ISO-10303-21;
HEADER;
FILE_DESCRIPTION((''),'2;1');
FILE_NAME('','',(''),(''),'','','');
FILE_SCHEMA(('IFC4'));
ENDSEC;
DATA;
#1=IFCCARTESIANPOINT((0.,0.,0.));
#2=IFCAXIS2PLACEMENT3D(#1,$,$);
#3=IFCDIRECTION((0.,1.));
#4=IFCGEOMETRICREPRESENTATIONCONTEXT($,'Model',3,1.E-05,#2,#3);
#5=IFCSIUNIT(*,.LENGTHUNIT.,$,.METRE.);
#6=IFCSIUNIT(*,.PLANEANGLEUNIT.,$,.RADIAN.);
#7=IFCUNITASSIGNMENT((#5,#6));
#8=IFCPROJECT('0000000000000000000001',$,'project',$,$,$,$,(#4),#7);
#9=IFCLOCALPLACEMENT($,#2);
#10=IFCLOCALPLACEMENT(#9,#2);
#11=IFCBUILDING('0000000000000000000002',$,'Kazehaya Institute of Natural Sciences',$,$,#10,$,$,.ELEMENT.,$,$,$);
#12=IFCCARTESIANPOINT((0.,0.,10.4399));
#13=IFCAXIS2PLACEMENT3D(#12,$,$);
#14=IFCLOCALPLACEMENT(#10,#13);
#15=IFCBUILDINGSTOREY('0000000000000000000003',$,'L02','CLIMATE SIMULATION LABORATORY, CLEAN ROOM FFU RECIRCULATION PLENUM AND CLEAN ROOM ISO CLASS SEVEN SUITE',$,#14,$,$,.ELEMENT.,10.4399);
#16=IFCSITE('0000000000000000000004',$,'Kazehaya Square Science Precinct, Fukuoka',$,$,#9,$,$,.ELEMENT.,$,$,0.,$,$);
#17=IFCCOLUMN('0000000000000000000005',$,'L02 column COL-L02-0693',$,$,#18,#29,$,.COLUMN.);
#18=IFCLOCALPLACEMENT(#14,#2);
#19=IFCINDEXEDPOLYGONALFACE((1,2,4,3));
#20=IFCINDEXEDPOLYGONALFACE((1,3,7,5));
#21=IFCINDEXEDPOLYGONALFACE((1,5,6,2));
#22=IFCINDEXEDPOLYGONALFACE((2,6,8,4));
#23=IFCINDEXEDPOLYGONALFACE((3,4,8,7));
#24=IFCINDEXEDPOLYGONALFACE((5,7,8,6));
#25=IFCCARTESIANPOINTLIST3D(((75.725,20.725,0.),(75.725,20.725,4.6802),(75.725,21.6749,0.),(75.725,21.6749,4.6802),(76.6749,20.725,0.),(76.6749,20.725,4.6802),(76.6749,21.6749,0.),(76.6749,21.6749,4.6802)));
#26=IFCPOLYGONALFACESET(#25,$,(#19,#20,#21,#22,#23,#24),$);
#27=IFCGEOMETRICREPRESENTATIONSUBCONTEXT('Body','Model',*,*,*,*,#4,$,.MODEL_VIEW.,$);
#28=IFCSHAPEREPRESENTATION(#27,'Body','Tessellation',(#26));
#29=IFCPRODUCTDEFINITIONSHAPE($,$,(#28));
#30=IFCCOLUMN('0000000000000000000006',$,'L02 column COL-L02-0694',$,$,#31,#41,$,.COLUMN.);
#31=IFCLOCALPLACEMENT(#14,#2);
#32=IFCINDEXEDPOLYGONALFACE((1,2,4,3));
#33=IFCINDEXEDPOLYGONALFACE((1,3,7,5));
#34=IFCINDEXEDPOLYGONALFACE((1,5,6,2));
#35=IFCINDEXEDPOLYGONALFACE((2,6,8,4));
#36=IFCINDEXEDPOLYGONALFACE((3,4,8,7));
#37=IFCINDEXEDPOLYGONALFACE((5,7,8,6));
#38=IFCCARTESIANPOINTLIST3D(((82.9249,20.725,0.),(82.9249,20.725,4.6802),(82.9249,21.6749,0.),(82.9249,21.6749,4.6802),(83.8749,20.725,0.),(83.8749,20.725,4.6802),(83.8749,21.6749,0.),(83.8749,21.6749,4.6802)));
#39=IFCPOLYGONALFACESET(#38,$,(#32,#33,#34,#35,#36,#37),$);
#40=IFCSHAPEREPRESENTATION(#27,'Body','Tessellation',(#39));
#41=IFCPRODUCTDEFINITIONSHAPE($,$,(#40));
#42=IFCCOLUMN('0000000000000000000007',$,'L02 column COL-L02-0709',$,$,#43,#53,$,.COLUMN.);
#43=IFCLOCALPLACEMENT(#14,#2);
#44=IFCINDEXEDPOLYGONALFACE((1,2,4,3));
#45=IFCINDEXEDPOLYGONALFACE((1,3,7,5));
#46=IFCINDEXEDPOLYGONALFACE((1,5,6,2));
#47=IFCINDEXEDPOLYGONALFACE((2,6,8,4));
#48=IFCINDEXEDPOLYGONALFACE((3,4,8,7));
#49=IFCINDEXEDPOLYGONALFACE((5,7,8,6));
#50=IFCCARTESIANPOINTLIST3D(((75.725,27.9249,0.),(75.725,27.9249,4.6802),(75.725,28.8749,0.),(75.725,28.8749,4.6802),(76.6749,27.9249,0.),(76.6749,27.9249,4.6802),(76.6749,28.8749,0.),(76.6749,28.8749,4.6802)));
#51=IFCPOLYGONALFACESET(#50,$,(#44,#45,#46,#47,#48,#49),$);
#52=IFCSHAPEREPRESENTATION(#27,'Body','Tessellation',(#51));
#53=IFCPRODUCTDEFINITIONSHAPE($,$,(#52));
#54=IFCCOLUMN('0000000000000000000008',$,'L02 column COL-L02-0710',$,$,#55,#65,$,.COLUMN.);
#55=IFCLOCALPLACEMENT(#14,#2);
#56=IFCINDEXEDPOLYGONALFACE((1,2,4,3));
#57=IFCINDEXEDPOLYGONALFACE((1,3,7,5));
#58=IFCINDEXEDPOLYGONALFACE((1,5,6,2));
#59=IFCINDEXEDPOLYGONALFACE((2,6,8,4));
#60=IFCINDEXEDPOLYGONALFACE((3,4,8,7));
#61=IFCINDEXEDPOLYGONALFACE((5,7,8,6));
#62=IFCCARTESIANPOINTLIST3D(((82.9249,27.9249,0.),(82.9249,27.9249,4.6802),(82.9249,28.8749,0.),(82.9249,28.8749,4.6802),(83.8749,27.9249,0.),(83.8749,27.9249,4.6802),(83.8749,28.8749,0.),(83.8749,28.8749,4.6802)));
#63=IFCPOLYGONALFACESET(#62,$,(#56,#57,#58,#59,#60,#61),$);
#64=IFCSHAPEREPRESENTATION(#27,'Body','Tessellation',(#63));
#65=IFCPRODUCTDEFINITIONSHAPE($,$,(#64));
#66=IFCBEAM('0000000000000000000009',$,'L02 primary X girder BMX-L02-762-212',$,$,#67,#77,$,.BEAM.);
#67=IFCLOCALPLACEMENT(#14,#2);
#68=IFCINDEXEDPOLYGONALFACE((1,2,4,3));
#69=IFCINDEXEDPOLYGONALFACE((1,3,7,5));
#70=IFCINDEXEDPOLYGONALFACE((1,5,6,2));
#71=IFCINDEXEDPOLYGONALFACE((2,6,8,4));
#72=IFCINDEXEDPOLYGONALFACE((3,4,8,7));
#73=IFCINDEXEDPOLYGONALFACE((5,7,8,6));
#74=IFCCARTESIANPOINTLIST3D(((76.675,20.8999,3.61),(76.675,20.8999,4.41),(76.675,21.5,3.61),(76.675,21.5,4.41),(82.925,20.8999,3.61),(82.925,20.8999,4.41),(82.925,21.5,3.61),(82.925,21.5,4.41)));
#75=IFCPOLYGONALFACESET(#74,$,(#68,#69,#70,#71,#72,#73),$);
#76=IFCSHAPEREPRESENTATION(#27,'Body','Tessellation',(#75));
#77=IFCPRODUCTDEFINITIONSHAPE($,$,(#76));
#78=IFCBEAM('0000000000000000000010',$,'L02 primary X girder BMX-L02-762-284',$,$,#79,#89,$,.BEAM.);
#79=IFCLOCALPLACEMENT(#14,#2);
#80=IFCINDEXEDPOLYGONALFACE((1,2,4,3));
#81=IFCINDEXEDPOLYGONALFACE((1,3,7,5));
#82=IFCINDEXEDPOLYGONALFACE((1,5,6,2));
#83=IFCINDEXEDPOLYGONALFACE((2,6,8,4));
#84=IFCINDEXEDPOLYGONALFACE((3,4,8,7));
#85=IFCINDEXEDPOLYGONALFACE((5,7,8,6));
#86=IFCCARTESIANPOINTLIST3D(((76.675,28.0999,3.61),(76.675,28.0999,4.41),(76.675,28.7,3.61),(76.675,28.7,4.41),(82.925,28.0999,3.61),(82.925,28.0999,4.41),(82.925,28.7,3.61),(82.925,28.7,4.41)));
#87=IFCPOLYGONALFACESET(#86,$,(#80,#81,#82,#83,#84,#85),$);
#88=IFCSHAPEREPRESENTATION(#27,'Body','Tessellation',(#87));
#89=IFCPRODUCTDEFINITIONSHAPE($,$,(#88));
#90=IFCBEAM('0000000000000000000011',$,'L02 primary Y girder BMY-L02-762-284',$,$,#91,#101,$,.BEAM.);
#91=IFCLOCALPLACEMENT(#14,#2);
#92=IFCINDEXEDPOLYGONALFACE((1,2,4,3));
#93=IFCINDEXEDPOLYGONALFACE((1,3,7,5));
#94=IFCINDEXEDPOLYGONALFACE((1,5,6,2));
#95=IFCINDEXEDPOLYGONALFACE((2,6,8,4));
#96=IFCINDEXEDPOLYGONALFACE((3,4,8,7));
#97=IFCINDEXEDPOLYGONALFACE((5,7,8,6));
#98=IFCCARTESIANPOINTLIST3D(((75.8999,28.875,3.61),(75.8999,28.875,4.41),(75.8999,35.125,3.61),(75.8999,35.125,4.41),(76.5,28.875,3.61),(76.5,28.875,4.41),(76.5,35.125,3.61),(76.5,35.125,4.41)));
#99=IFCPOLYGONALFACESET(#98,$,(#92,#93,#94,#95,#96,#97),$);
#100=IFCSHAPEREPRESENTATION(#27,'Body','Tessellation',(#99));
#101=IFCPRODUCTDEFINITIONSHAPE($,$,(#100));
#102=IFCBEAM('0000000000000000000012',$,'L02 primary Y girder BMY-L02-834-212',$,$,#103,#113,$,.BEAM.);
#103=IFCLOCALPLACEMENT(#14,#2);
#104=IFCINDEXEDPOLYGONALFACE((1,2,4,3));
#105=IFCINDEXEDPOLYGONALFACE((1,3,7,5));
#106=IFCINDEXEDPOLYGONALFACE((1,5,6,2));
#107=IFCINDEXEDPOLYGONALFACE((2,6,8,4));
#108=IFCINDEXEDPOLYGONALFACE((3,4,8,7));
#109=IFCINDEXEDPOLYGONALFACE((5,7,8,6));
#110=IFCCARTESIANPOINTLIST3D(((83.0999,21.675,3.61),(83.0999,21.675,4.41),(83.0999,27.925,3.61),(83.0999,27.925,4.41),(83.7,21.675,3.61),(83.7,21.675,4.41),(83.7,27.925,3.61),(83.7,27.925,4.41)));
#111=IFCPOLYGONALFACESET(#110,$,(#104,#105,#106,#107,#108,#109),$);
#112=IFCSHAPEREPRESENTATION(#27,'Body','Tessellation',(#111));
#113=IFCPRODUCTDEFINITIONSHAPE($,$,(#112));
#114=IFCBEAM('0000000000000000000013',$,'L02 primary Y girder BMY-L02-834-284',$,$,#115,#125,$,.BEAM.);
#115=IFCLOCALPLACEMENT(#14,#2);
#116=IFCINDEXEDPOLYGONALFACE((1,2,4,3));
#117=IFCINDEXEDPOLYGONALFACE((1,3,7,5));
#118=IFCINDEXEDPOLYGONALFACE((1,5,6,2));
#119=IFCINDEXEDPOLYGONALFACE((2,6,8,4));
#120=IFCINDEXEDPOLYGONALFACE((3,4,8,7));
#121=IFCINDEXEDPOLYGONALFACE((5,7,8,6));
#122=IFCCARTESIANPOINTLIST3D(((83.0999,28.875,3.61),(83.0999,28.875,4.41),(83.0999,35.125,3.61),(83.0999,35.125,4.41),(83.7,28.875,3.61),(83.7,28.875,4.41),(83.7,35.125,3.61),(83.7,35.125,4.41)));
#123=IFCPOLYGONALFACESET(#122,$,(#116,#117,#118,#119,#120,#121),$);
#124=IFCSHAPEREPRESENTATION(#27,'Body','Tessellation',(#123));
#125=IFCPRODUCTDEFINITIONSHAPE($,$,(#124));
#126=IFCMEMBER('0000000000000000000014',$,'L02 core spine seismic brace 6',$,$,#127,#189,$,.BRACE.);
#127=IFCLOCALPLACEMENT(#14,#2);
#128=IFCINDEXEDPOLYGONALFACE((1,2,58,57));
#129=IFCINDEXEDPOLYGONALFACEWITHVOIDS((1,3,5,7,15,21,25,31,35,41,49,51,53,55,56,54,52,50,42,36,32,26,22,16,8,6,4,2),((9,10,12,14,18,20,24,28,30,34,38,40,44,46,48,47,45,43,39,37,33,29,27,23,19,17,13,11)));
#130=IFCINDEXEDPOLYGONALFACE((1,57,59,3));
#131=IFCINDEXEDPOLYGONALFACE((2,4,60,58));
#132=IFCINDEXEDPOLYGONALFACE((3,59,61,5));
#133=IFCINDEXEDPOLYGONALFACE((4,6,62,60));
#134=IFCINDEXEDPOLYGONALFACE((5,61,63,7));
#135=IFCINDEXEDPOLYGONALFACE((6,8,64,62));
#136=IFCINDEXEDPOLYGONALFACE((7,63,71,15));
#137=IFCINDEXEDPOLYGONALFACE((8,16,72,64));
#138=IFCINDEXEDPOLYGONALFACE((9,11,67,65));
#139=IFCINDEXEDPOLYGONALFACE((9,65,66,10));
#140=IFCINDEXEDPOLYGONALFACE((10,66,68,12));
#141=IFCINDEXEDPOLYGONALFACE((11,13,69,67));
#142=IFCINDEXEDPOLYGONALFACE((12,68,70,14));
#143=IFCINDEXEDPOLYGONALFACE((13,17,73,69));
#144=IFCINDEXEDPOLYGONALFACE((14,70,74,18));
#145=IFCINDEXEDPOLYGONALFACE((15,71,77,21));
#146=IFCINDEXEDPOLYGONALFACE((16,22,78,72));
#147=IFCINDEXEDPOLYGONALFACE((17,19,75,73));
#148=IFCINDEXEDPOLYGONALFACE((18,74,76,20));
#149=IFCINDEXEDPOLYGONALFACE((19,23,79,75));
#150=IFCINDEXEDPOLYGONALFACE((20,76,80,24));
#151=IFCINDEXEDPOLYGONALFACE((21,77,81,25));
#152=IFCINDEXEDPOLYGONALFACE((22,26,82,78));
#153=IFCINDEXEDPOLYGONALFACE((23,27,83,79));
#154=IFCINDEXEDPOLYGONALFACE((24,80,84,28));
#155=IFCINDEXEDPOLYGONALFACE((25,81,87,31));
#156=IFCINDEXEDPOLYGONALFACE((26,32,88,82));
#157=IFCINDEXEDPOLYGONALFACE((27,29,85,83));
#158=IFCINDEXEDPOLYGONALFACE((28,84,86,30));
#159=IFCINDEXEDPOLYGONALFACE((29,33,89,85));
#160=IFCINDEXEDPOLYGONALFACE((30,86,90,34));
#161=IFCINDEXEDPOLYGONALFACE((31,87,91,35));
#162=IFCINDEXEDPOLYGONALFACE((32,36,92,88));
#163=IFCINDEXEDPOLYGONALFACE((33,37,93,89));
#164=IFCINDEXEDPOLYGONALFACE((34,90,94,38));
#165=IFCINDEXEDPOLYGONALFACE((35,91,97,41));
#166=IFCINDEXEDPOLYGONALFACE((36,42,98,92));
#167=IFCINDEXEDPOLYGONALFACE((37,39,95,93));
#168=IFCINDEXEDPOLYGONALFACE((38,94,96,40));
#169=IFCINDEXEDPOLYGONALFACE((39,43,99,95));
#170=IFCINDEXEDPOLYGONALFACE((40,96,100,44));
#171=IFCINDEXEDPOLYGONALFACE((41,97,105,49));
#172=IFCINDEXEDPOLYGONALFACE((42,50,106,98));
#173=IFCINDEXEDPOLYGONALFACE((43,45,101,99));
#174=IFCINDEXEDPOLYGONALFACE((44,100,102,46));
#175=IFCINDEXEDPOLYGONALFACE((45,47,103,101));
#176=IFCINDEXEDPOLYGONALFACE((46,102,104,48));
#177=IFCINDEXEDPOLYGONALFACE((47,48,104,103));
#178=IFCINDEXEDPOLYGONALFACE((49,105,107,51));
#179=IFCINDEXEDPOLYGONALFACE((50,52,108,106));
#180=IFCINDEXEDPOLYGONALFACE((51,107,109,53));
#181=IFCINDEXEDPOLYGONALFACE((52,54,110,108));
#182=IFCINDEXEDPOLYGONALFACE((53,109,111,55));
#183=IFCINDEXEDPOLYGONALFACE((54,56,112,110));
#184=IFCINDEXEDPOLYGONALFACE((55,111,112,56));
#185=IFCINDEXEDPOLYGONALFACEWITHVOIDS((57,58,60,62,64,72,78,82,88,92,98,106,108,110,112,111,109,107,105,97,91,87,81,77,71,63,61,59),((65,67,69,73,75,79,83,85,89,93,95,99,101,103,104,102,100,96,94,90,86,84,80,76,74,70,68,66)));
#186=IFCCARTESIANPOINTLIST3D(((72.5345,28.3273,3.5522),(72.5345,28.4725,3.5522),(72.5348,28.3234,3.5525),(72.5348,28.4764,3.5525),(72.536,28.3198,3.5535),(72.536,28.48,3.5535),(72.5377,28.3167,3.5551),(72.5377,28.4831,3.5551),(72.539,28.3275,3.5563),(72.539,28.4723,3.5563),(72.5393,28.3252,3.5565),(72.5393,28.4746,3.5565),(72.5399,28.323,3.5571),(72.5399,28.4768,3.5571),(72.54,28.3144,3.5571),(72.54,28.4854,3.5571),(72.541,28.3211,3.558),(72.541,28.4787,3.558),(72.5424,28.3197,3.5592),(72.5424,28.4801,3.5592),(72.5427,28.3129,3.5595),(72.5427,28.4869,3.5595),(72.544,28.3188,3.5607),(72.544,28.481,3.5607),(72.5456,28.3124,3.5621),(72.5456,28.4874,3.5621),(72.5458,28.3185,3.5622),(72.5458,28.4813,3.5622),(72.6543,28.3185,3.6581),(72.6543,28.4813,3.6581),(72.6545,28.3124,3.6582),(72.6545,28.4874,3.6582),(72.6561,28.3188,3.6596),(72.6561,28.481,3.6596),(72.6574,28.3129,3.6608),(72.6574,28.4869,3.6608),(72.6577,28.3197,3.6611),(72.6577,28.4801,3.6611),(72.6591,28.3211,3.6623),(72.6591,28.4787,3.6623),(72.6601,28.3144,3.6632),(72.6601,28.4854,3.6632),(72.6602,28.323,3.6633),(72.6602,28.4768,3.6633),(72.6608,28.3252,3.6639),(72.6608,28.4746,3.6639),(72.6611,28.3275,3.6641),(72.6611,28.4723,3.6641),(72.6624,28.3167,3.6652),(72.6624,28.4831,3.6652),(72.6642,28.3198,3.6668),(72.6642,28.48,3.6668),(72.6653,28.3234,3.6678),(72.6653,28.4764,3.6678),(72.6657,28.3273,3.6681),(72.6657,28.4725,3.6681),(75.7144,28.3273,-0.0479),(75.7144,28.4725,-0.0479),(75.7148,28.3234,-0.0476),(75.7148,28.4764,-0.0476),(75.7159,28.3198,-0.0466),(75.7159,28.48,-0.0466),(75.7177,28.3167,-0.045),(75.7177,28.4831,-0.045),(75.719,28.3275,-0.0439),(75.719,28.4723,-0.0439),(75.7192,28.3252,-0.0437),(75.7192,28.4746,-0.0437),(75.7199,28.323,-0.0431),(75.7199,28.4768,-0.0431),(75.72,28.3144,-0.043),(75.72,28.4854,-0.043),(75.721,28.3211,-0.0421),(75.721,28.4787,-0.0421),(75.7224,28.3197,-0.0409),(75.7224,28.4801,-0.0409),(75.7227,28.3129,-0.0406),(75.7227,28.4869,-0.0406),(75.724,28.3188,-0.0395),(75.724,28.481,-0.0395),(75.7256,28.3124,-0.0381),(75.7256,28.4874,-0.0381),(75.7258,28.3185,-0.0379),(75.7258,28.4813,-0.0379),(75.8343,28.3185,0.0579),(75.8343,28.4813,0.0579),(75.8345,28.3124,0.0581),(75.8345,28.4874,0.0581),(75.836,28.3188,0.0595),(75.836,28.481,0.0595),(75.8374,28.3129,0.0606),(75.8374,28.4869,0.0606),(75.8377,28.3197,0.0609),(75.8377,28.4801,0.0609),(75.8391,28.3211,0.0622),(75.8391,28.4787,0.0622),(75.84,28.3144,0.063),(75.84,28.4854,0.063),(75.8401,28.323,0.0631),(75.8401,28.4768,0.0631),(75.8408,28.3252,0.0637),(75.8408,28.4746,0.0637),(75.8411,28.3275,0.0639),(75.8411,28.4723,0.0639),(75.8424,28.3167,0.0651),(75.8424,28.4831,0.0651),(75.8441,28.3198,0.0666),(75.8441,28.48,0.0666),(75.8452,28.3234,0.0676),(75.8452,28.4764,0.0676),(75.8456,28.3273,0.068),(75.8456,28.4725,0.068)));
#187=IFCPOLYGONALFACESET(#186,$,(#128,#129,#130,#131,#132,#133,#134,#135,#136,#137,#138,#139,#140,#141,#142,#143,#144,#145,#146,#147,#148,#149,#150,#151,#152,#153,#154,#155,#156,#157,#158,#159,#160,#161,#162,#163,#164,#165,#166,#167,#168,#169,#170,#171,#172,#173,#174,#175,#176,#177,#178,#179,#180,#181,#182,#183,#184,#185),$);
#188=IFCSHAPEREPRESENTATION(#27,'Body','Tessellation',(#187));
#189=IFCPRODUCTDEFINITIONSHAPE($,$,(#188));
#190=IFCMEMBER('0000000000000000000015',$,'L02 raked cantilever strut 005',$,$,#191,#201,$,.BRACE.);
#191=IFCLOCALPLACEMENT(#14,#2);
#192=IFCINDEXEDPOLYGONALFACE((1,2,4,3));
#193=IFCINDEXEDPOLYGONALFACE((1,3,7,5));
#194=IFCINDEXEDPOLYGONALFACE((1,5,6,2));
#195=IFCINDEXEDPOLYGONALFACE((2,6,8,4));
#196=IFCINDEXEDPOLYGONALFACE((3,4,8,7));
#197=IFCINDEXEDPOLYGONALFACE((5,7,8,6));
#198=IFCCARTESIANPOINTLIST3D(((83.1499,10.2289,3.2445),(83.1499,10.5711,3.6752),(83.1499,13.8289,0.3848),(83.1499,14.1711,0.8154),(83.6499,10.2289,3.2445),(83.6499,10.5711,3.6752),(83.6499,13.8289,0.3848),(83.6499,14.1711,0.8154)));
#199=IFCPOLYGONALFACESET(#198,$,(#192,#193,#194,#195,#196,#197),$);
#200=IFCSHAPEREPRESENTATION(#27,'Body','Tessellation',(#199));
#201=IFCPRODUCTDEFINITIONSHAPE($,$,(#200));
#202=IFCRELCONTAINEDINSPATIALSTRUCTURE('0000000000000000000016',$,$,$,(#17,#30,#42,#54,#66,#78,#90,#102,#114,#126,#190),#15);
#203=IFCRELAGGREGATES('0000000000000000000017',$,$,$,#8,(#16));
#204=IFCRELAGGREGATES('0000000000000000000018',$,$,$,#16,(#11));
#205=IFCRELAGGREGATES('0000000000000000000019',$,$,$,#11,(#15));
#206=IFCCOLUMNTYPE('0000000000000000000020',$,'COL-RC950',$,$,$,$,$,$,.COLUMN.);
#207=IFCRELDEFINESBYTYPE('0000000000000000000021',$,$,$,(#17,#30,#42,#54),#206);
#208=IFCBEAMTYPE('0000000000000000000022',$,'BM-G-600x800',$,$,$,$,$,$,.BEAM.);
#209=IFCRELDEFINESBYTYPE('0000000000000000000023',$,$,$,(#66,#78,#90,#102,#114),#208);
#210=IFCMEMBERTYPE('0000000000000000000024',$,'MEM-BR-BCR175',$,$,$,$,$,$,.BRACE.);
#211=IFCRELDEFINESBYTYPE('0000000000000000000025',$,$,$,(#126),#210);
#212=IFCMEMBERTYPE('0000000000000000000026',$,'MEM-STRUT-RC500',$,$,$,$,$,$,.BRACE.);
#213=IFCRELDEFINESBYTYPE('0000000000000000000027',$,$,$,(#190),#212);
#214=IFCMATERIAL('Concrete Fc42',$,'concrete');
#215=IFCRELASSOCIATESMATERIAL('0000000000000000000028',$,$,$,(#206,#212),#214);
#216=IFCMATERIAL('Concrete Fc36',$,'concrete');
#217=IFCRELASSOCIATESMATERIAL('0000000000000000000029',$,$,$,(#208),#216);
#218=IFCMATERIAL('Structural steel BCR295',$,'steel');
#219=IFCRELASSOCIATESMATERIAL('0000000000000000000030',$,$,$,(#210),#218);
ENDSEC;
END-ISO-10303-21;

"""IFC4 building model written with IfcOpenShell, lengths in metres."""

from ifc_helpers import new_model, si_unit, direction, frame, origin, origin_2d, place, context, subcontext, project, spatial, rectangle, hollow_rectangle, extrude, material, material_profile, profile_set, type_object, element, save


model = new_model("IFC4")

# Units and contexts
model_context = context("Model", 3, precision=1e-05, world=origin(), true_north=direction((0.0, 1.0)))
body_context = subcontext(model_context, "Body", "Model", "MODEL_VIEW")
ifc_project = project(units=[si_unit("LENGTHUNIT", "METRE"), si_unit("PLANEANGLEUNIT", "RADIAN")], contexts=[model_context])

# Site, building, storey
site_placement = place(None, origin())
site = spatial("IfcSite", under=ifc_project, at=site_placement, Name="Kazehaya Square Science Precinct, Fukuoka", CompositionType="ELEMENT", RefElevation=0.0)
building_placement = place(site_placement, origin())
building = spatial("IfcBuilding", under=site, at=building_placement, Name="Kazehaya Institute of Natural Sciences", CompositionType="ELEMENT")
storey_placement = place(building_placement, frame((0.0, 0.0, 10.4399)))
storey = spatial("IfcBuildingStorey", under=building, at=storey_placement, Name="L02", Description="CLIMATE SIMULATION LABORATORY, CLEAN ROOM FFU RECIRCULATION PLENUM AND CLEAN ROOM ISO CLASS SEVEN SUITE", CompositionType="ELEMENT", Elevation=10.4399)

# Columns
ifc_material_1 = material(Name="Concrete Fc42", Category="concrete")
ifc_material_profile_1 = material_profile(ifc_material_1, rectangle(XDim=0.95, YDim=0.95, at=origin_2d()), Name="RC-950x950")
ifc_profile_set_1 = profile_set([ifc_material_profile_1], Name="Concrete Fc42")
column_type = type_object("IfcColumnType", Name="COL-RC950", PredefinedType="COLUMN", material=ifc_profile_set_1)
for number, where, z_axis, x_axis, name in (
    (1, (76.2, 21.2, 0.0), (0.0, 0.0, 1.0), (1.0, 0.0, 0.0), "L02 column COL-L02-0693"),
    (2, (83.3999, 21.2, 0.0), (0.0, 0.0, 1.0), (1.0, 0.0, 0.0), "L02 column COL-L02-0694"),
    (3, (76.2, 28.3999, 0.0), (0.0, 0.0, 1.0), (1.0, 0.0, 0.0), "L02 column COL-L02-0709"),
    (4, (83.3999, 28.3999, 0.0), (0.0, 0.0, 1.0), (1.0, 0.0, 0.0), "L02 column COL-L02-0710"),
):
    element("IfcColumn", number, at=place(storey_placement, frame(where, z_axis=z_axis, x_axis=x_axis)), inside=storey, type_object=column_type, Name=name, PredefinedType="COLUMN", context=body_context, shape_type="SweptSolid", body=[
        extrude(rectangle(XDim=0.95, YDim=0.95, at=origin_2d()), origin(), (0.0, 0.0, 1.0), 4.6802),
    ])

# Beams
ifc_material_2 = material(Name="Concrete Fc36", Category="concrete")
ifc_material_profile_2 = material_profile(ifc_material_2, rectangle(XDim=0.6001, YDim=0.8, at=origin_2d()), Name="RC-600x800")
ifc_profile_set_2 = profile_set([ifc_material_profile_2], Name="Concrete Fc36")
beam_type = type_object("IfcBeamType", Name="BM-G-600x800", PredefinedType="BEAM", material=ifc_profile_set_2)
for number, where, z_axis, x_axis, name in (
    (5, (76.675, 21.2, 4.01), (1.0, 0.0, 0.0), (0.0, 1.0, 0.0), "L02 primary X girder BMX-L02-762-212"),
    (6, (76.675, 28.3999, 4.01), (1.0, 0.0, 0.0), (0.0, 1.0, 0.0), "L02 primary X girder BMX-L02-762-284"),
    (7, (76.2, 28.875, 4.01), (0.0, 1.0, 0.0), (-1.0, 0.0, 0.0), "L02 primary Y girder BMY-L02-762-284"),
    (8, (83.3999, 21.675, 4.01), (0.0, 1.0, 0.0), (-1.0, 0.0, 0.0), "L02 primary Y girder BMY-L02-834-212"),
    (9, (83.3999, 28.875, 4.01), (0.0, 1.0, 0.0), (-1.0, 0.0, 0.0), "L02 primary Y girder BMY-L02-834-284"),
):
    element("IfcBeam", number, at=place(storey_placement, frame(where, z_axis=z_axis, x_axis=x_axis)), inside=storey, type_object=beam_type, Name=name, PredefinedType="BEAM", context=body_context, shape_type="SweptSolid", body=[
        extrude(rectangle(XDim=0.6001, YDim=0.8, at=origin_2d()), origin(), (0.0, 0.0, 1.0), 6.25),
    ])

# Members
ifc_material_3 = material(Name="Structural steel BCR295", Category="steel")
ifc_material_profile_3 = material_profile(ifc_material_3, hollow_rectangle(XDim=0.175, YDim=0.175, WallThickness=0.0061, InnerFilletRadius=0.009, OuterFilletRadius=0.0149, at=origin_2d()), Name="BCR-175x175x6")
ifc_profile_set_3 = profile_set([ifc_material_profile_3], Name="Structural steel BCR295")
member_type_1 = type_object("IfcMemberType", Name="MEM-BR-BCR175", PredefinedType="BRACE", material=ifc_profile_set_3)
member_1_placement = place(storey_placement, frame((75.78, 28.3999, 0.01), z_axis=(-0.662017, 0.0, 0.749489), x_axis=(0.0, -1.0, 0.0)))
element("IfcMember", 10, at=member_1_placement, inside=storey, type_object=member_type_1, Name="L02 core spine seismic brace 6", PredefinedType="BRACE", context=body_context, shape_type="SweptSolid", body=[
    extrude(hollow_rectangle(XDim=0.175, YDim=0.175, WallThickness=0.0061, InnerFilletRadius=0.009, OuterFilletRadius=0.0149, at=origin_2d()), origin(), (0.0, 0.0, 1.0), 4.8035),
])
ifc_material_profile_4 = material_profile(ifc_material_1, rectangle(XDim=0.5, YDim=0.55, at=origin_2d()), Name="RC-500x550")
ifc_profile_set_4 = profile_set([ifc_material_profile_4], Name="Concrete Fc42")
member_type_2 = type_object("IfcMemberType", Name="MEM-STRUT-RC500", PredefinedType="BRACE", material=ifc_profile_set_4)
member_2_placement = place(storey_placement, frame((83.3999, 14.0, 0.6001), z_axis=(0.0, -0.783009, 0.62201), x_axis=(1.0, 0.0, 0.0)))
element("IfcMember", 11, at=member_2_placement, inside=storey, type_object=member_type_2, Name="L02 raked cantilever strut 005", PredefinedType="BRACE", context=body_context, shape_type="SweptSolid", body=[
    extrude(rectangle(XDim=0.5, YDim=0.55, at=origin_2d()), origin(), (0.0, 0.0, 1.0), 4.5977),
])

save(model, "model.ifc")
